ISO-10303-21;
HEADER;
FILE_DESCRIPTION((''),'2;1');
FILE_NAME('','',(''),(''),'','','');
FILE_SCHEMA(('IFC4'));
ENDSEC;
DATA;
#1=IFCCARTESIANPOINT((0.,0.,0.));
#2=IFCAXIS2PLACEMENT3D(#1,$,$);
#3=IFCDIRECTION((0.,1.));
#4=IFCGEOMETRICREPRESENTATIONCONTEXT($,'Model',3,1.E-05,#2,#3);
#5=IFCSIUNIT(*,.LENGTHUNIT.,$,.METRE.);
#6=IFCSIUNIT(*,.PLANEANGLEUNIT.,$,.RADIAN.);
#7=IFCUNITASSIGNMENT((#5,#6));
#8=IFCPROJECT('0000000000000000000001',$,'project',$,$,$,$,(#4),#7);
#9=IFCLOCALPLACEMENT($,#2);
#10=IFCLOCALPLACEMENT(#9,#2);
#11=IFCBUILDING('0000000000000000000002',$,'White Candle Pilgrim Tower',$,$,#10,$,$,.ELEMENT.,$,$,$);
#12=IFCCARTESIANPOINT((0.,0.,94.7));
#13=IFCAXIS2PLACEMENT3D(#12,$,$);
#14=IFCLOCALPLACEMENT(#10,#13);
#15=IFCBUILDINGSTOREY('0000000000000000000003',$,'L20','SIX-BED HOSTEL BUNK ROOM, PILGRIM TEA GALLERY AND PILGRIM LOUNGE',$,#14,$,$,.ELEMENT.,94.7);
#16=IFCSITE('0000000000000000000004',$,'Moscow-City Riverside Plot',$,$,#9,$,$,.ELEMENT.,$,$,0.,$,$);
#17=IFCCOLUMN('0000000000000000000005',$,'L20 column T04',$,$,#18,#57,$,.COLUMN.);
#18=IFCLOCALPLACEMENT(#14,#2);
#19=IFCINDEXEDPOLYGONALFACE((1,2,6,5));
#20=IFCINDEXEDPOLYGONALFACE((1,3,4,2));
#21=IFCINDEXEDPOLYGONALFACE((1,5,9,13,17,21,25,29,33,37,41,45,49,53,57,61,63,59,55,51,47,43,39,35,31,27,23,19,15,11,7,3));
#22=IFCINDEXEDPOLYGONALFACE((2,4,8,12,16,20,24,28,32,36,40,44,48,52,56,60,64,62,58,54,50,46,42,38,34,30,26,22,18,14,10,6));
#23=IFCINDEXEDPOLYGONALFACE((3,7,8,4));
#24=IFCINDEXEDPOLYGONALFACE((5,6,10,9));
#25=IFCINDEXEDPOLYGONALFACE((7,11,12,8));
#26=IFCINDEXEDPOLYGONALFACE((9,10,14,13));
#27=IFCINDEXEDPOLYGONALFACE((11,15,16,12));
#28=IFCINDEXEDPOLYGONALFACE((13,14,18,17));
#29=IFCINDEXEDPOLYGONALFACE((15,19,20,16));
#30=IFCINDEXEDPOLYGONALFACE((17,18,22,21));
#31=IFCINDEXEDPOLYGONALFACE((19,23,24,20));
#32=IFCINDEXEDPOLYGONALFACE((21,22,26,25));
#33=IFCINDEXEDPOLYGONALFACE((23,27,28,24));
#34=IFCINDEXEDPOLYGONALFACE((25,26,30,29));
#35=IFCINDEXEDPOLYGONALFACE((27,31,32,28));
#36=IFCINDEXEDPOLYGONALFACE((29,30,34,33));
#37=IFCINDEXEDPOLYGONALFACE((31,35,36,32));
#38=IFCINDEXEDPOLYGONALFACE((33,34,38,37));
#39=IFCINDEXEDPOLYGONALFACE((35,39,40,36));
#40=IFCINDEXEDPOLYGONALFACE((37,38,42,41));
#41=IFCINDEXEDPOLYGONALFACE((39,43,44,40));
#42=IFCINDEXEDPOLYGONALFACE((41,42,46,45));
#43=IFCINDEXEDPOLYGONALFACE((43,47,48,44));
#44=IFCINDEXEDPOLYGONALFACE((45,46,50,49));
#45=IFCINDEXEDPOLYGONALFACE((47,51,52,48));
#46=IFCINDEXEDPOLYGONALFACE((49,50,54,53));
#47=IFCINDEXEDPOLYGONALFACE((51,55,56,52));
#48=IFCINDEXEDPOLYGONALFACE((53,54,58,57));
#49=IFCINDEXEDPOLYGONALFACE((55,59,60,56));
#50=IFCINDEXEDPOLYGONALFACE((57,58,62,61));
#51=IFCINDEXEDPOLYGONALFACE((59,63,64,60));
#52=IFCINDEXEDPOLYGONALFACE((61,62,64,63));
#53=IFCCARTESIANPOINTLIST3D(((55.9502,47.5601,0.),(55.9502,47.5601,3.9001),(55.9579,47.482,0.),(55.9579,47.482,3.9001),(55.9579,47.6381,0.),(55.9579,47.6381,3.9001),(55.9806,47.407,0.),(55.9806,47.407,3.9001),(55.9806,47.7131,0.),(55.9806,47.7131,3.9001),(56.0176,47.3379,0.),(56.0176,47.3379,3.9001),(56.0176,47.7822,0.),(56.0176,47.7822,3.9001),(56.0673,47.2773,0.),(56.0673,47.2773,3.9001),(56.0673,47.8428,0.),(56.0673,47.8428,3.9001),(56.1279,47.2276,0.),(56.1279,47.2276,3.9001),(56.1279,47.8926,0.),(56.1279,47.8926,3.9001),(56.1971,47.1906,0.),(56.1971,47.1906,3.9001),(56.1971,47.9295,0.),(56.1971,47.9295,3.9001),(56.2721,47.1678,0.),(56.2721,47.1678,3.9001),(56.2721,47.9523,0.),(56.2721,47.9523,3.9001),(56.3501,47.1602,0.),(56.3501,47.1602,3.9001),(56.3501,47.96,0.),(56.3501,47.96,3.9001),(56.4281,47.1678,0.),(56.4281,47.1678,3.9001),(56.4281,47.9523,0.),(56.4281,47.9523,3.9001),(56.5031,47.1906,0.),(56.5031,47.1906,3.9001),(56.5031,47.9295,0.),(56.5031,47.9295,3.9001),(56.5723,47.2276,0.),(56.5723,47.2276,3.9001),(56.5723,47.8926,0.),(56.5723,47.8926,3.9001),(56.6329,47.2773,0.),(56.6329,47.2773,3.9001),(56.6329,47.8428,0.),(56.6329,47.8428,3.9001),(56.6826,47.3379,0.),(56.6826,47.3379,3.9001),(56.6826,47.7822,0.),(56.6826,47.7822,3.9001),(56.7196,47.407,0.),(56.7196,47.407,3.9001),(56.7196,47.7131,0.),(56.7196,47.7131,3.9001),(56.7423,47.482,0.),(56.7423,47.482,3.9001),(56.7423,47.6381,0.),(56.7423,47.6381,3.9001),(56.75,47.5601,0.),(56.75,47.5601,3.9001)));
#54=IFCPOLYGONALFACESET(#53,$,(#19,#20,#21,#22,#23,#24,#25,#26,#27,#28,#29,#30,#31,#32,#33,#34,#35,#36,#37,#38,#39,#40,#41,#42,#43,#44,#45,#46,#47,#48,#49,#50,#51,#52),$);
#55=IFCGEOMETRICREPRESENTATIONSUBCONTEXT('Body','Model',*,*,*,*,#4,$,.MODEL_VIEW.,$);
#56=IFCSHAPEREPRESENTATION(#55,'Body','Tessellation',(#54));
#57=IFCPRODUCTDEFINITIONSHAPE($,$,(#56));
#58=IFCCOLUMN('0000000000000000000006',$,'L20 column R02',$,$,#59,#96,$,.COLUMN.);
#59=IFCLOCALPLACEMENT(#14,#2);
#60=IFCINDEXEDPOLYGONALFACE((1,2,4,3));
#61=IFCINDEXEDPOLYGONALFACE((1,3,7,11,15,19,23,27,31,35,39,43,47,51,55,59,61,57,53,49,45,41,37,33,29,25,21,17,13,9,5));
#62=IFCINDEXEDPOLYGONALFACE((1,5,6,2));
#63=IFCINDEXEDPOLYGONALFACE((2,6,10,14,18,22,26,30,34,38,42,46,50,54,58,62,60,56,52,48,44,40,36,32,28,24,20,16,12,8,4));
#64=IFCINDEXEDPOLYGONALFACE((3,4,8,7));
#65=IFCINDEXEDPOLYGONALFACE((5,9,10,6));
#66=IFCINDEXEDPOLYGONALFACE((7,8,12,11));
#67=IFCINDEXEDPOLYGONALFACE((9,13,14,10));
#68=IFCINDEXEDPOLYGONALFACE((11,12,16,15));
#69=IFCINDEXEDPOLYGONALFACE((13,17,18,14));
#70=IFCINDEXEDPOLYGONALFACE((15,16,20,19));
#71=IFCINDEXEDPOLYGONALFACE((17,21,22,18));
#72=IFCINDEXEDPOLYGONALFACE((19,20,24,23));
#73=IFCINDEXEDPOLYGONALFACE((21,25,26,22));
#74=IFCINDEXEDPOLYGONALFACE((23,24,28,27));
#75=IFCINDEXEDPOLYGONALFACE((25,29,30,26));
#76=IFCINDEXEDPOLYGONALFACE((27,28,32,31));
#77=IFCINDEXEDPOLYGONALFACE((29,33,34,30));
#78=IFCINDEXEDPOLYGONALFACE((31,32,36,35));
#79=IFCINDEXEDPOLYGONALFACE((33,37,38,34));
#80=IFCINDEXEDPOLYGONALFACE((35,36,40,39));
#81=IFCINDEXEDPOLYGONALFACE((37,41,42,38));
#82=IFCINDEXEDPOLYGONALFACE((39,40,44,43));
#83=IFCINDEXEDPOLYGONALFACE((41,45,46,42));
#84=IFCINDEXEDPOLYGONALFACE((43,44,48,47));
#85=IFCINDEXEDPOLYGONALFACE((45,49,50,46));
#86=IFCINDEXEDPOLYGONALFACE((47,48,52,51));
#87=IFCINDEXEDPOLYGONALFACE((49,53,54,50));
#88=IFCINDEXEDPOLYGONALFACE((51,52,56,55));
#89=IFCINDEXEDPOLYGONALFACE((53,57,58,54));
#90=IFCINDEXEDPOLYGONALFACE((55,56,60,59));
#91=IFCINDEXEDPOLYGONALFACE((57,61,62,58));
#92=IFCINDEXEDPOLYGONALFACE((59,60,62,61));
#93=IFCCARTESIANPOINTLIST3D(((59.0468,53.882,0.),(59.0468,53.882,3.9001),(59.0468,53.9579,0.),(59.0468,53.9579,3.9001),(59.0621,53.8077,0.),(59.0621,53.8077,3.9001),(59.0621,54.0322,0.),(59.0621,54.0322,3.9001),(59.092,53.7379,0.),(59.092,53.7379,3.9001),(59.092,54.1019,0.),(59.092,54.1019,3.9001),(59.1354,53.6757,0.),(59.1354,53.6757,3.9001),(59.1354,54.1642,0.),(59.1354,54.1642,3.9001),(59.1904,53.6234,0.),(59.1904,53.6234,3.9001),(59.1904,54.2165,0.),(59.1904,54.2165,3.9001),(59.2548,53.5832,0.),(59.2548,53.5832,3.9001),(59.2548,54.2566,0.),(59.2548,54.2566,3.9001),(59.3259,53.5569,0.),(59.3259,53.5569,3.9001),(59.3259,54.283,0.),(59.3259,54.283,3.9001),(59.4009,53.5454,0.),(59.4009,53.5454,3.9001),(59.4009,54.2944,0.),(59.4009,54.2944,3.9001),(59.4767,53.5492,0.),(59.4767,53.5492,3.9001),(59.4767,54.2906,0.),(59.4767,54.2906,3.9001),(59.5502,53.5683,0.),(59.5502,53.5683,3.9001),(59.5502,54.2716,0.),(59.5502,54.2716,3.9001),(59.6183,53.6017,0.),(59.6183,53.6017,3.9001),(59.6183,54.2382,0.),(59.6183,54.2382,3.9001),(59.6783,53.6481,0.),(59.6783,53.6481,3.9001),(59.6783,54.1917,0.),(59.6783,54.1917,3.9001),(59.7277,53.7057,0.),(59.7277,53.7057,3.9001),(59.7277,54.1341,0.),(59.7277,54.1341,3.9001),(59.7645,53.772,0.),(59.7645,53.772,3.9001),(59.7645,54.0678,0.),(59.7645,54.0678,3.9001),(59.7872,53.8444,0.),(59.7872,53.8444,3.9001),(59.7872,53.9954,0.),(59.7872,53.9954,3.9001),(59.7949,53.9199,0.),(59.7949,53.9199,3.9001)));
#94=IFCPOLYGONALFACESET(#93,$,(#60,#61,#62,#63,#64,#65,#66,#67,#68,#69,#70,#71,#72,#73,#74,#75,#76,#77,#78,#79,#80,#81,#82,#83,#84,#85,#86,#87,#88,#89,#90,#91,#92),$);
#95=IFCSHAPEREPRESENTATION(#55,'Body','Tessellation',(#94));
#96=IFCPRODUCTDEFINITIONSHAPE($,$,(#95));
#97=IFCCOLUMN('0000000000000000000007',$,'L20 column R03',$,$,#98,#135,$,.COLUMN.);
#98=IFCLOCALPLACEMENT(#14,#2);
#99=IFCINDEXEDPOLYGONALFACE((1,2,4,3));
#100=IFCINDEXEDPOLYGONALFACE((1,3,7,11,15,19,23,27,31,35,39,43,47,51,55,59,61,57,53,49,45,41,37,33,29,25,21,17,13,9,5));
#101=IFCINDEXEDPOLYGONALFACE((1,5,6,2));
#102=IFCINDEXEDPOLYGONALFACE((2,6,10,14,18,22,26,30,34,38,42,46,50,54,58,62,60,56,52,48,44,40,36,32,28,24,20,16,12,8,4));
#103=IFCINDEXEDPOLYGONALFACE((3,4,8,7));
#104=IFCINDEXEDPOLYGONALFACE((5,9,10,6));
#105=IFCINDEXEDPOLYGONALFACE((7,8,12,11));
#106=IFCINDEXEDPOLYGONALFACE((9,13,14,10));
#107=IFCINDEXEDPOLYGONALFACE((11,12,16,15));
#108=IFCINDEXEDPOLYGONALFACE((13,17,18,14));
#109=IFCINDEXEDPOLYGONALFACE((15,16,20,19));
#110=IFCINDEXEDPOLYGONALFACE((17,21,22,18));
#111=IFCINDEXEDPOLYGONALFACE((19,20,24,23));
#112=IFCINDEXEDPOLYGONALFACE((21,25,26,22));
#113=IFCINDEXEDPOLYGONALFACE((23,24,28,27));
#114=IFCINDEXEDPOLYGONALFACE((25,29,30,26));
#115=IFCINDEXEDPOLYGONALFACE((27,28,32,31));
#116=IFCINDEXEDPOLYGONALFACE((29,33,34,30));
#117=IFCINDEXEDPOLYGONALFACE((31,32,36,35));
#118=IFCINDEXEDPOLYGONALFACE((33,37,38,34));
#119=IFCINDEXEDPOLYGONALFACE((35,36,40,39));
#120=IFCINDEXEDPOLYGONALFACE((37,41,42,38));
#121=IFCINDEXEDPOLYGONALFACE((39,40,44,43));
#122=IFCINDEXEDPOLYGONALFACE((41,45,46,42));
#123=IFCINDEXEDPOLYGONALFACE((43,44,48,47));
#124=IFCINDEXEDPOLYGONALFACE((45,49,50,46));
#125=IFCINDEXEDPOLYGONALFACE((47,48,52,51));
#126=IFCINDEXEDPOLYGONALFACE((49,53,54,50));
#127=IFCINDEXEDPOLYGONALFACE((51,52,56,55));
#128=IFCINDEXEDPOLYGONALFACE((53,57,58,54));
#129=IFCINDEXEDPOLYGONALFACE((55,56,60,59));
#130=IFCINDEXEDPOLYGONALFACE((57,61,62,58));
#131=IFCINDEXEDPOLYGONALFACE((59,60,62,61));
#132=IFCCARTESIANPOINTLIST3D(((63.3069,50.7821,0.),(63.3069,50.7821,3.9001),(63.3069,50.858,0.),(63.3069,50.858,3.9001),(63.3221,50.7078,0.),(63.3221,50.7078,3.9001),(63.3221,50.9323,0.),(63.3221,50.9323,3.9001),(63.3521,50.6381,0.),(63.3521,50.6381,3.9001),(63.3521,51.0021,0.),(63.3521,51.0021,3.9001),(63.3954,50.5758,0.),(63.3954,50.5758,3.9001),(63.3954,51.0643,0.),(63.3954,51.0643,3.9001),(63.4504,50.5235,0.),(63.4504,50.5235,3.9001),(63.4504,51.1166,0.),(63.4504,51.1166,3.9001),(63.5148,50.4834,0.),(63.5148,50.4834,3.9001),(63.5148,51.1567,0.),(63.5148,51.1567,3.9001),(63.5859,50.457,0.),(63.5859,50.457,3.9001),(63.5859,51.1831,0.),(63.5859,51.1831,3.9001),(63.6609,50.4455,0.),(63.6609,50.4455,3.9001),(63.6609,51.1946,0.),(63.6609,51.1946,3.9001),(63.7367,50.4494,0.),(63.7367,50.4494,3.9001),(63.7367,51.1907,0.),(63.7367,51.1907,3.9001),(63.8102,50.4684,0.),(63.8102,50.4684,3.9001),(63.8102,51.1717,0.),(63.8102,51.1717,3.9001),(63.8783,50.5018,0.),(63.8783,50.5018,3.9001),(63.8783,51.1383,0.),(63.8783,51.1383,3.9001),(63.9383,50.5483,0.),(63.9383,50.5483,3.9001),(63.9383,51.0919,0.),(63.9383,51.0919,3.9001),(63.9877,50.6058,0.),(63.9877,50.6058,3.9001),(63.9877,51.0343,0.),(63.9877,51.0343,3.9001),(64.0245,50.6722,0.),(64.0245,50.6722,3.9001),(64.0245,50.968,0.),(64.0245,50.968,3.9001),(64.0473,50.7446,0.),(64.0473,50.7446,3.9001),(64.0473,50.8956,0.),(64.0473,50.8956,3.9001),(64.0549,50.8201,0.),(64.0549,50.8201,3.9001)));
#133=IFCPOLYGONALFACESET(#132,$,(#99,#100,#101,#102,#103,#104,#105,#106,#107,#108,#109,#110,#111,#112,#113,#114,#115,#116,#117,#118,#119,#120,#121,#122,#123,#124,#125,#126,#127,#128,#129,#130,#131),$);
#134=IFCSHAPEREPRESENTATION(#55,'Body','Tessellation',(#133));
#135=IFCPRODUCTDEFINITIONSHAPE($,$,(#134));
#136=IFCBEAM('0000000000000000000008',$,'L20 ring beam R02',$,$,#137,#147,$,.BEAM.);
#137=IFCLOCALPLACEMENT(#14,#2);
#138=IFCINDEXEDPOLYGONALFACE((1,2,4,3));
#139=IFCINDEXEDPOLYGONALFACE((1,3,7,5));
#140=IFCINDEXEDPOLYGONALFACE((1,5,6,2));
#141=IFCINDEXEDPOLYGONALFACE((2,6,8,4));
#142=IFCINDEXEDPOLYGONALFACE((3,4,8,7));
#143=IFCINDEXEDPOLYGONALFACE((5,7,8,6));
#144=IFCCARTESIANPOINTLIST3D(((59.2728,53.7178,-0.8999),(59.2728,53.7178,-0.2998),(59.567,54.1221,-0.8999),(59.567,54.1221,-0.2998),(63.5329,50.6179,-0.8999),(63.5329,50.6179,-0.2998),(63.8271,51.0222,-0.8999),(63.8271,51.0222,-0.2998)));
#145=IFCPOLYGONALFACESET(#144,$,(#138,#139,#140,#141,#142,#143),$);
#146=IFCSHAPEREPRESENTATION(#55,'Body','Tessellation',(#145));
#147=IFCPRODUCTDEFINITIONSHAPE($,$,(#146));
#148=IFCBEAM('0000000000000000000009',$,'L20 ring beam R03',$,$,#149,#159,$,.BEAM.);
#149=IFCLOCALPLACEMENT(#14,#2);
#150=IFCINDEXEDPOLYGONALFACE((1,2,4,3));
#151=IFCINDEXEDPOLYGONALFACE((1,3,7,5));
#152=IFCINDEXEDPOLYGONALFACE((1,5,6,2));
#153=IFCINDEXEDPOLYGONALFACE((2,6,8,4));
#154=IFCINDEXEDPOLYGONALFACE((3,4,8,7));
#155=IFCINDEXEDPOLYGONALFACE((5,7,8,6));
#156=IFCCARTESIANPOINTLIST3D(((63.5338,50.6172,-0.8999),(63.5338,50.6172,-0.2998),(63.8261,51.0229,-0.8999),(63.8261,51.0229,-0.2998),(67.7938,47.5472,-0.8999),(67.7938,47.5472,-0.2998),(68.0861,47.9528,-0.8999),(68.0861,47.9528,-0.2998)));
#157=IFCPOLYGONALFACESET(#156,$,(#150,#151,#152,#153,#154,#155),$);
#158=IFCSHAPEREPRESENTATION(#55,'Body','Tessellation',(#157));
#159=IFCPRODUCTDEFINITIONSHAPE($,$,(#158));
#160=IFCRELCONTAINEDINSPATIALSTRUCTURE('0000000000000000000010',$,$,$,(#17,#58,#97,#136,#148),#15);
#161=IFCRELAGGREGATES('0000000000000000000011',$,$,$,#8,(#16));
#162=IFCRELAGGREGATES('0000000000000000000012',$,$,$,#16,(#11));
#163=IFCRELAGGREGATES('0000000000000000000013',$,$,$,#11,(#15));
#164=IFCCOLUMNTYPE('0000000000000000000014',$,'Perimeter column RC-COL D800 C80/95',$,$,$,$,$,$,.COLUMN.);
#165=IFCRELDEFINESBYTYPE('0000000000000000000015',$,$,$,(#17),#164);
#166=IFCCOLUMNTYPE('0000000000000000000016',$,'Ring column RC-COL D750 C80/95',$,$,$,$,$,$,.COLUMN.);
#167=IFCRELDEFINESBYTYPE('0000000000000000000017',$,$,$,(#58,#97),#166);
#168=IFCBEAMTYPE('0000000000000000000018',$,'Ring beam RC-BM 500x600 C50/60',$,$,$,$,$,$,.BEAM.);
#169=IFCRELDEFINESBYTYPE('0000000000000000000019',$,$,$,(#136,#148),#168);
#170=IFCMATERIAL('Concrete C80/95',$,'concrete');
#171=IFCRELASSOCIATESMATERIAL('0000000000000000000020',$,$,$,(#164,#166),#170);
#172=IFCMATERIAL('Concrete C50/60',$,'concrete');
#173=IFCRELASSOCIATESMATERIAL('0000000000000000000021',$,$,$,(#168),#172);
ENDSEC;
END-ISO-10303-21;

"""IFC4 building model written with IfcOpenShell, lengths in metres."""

from ifc_helpers import new_model, si_unit, direction, frame, origin, origin_2d, place, context, subcontext, project, spatial, rectangle, circle, extrude, material, material_profile, profile_set, type_object, element, save


model = new_model("IFC4")

# Units and contexts
model_context = context("Model", 3, precision=1e-05, world=origin(), true_north=direction((0.0, 1.0)))
body_context = subcontext(model_context, "Body", "Model", "MODEL_VIEW")
ifc_project = project(units=[si_unit("LENGTHUNIT", "METRE"), si_unit("PLANEANGLEUNIT", "RADIAN")], contexts=[model_context])

# Site, building, storey
site_placement = place(None, origin())
site = spatial("IfcSite", under=ifc_project, at=site_placement, Name="Moscow-City Riverside Plot", CompositionType="ELEMENT", RefElevation=0.0)
building_placement = place(site_placement, origin())
building = spatial("IfcBuilding", under=site, at=building_placement, Name="White Candle Pilgrim Tower", CompositionType="ELEMENT")
storey_placement = place(building_placement, frame((0.0, 0.0, 94.7)))
storey = spatial("IfcBuildingStorey", under=building, at=storey_placement, Name="L20", Description="SIX-BED HOSTEL BUNK ROOM, PILGRIM TEA GALLERY AND PILGRIM LOUNGE", CompositionType="ELEMENT", Elevation=94.7)

# Columns
ifc_material_1 = material(Name="Concrete C80/95", Category="concrete")
ifc_material_profile_1 = material_profile(ifc_material_1, circle(Radius=0.3999, at=origin_2d()), Name="RC-COL D800")
ifc_profile_set_1 = profile_set([ifc_material_profile_1], Name="Concrete C80/95")
column_type_1 = type_object("IfcColumnType", Name="Perimeter column RC-COL D800 C80/95", PredefinedType="COLUMN", material=ifc_profile_set_1)
column_placement = place(storey_placement, frame((56.3501, 47.5601, 0.0), z_axis=(0.0, 0.0, 1.0), x_axis=(1.0, 0.0, 0.0)))
element("IfcColumn", 1, at=column_placement, inside=storey, type_object=column_type_1, Name="L20 column T04", PredefinedType="COLUMN", context=body_context, shape_type="SweptSolid", body=[
    extrude(circle(Radius=0.3999, at=origin_2d()), origin(), (0.0, 0.0, 1.0), 3.9001),
])
ifc_material_profile_2 = material_profile(ifc_material_1, circle(Radius=0.375, at=origin_2d()), Name="RC-COL D750")
ifc_profile_set_2 = profile_set([ifc_material_profile_2], Name="Concrete C80/95")
column_type_2 = type_object("IfcColumnType", Name="Ring column RC-COL D750 C80/95", PredefinedType="COLUMN", material=ifc_profile_set_2)
for number, where, z_axis, x_axis, name in (
    (2, (59.4199, 53.9199, 0.0), (0.0, 0.0, 1.0), (1.0, 0.0, 0.0), "L20 column R02"),
    (3, (63.6799, 50.8201, 0.0), (0.0, 0.0, 1.0), (1.0, 0.0, 0.0), "L20 column R03"),
):
    element("IfcColumn", number, at=place(storey_placement, frame(where, z_axis=z_axis, x_axis=x_axis)), inside=storey, type_object=column_type_2, Name=name, PredefinedType="COLUMN", context=body_context, shape_type="SweptSolid", body=[
        extrude(circle(Radius=0.375, at=origin_2d()), origin(), (0.0, 0.0, 1.0), 3.9001),
    ])

# Beams
ifc_material_2 = material(Name="Concrete C50/60", Category="concrete")
ifc_material_profile_3 = material_profile(ifc_material_2, rectangle(XDim=0.5, YDim=0.6001, at=origin_2d()), Name="RC-BM 500x600")
ifc_profile_set_3 = profile_set([ifc_material_profile_3], Name="Concrete C50/60")
beam_type = type_object("IfcBeamType", Name="Ring beam RC-BM 500x600 C50/60", PredefinedType="BEAM", material=ifc_profile_set_3)
beam_1_placement = place(storey_placement, frame((59.4199, 53.9199, -0.5999), z_axis=(0.808586, -0.588378, 0.0), x_axis=(0.588378, 0.808586, 0.0)))
element("IfcBeam", 4, at=beam_1_placement, inside=storey, type_object=beam_type, Name="L20 ring beam R02", PredefinedType="BEAM", context=body_context, shape_type="SweptSolid", body=[
    extrude(rectangle(XDim=0.5, YDim=0.6001, at=origin_2d()), origin(), (0.0, 0.0, 1.0), 5.2686),
])
beam_2_placement = place(storey_placement, frame((63.6799, 50.8201, -0.5999), z_axis=(0.811276, -0.584664, 0.0), x_axis=(0.584664, 0.811276, 0.0)))
element("IfcBeam", 5, at=beam_2_placement, inside=storey, type_object=beam_type, Name="L20 ring beam R03", PredefinedType="BEAM", context=body_context, shape_type="SweptSolid", body=[
    extrude(rectangle(XDim=0.5, YDim=0.6001, at=origin_2d()), origin(), (0.0, 0.0, 1.0), 5.251),
])

save(model, "model.ifc")
